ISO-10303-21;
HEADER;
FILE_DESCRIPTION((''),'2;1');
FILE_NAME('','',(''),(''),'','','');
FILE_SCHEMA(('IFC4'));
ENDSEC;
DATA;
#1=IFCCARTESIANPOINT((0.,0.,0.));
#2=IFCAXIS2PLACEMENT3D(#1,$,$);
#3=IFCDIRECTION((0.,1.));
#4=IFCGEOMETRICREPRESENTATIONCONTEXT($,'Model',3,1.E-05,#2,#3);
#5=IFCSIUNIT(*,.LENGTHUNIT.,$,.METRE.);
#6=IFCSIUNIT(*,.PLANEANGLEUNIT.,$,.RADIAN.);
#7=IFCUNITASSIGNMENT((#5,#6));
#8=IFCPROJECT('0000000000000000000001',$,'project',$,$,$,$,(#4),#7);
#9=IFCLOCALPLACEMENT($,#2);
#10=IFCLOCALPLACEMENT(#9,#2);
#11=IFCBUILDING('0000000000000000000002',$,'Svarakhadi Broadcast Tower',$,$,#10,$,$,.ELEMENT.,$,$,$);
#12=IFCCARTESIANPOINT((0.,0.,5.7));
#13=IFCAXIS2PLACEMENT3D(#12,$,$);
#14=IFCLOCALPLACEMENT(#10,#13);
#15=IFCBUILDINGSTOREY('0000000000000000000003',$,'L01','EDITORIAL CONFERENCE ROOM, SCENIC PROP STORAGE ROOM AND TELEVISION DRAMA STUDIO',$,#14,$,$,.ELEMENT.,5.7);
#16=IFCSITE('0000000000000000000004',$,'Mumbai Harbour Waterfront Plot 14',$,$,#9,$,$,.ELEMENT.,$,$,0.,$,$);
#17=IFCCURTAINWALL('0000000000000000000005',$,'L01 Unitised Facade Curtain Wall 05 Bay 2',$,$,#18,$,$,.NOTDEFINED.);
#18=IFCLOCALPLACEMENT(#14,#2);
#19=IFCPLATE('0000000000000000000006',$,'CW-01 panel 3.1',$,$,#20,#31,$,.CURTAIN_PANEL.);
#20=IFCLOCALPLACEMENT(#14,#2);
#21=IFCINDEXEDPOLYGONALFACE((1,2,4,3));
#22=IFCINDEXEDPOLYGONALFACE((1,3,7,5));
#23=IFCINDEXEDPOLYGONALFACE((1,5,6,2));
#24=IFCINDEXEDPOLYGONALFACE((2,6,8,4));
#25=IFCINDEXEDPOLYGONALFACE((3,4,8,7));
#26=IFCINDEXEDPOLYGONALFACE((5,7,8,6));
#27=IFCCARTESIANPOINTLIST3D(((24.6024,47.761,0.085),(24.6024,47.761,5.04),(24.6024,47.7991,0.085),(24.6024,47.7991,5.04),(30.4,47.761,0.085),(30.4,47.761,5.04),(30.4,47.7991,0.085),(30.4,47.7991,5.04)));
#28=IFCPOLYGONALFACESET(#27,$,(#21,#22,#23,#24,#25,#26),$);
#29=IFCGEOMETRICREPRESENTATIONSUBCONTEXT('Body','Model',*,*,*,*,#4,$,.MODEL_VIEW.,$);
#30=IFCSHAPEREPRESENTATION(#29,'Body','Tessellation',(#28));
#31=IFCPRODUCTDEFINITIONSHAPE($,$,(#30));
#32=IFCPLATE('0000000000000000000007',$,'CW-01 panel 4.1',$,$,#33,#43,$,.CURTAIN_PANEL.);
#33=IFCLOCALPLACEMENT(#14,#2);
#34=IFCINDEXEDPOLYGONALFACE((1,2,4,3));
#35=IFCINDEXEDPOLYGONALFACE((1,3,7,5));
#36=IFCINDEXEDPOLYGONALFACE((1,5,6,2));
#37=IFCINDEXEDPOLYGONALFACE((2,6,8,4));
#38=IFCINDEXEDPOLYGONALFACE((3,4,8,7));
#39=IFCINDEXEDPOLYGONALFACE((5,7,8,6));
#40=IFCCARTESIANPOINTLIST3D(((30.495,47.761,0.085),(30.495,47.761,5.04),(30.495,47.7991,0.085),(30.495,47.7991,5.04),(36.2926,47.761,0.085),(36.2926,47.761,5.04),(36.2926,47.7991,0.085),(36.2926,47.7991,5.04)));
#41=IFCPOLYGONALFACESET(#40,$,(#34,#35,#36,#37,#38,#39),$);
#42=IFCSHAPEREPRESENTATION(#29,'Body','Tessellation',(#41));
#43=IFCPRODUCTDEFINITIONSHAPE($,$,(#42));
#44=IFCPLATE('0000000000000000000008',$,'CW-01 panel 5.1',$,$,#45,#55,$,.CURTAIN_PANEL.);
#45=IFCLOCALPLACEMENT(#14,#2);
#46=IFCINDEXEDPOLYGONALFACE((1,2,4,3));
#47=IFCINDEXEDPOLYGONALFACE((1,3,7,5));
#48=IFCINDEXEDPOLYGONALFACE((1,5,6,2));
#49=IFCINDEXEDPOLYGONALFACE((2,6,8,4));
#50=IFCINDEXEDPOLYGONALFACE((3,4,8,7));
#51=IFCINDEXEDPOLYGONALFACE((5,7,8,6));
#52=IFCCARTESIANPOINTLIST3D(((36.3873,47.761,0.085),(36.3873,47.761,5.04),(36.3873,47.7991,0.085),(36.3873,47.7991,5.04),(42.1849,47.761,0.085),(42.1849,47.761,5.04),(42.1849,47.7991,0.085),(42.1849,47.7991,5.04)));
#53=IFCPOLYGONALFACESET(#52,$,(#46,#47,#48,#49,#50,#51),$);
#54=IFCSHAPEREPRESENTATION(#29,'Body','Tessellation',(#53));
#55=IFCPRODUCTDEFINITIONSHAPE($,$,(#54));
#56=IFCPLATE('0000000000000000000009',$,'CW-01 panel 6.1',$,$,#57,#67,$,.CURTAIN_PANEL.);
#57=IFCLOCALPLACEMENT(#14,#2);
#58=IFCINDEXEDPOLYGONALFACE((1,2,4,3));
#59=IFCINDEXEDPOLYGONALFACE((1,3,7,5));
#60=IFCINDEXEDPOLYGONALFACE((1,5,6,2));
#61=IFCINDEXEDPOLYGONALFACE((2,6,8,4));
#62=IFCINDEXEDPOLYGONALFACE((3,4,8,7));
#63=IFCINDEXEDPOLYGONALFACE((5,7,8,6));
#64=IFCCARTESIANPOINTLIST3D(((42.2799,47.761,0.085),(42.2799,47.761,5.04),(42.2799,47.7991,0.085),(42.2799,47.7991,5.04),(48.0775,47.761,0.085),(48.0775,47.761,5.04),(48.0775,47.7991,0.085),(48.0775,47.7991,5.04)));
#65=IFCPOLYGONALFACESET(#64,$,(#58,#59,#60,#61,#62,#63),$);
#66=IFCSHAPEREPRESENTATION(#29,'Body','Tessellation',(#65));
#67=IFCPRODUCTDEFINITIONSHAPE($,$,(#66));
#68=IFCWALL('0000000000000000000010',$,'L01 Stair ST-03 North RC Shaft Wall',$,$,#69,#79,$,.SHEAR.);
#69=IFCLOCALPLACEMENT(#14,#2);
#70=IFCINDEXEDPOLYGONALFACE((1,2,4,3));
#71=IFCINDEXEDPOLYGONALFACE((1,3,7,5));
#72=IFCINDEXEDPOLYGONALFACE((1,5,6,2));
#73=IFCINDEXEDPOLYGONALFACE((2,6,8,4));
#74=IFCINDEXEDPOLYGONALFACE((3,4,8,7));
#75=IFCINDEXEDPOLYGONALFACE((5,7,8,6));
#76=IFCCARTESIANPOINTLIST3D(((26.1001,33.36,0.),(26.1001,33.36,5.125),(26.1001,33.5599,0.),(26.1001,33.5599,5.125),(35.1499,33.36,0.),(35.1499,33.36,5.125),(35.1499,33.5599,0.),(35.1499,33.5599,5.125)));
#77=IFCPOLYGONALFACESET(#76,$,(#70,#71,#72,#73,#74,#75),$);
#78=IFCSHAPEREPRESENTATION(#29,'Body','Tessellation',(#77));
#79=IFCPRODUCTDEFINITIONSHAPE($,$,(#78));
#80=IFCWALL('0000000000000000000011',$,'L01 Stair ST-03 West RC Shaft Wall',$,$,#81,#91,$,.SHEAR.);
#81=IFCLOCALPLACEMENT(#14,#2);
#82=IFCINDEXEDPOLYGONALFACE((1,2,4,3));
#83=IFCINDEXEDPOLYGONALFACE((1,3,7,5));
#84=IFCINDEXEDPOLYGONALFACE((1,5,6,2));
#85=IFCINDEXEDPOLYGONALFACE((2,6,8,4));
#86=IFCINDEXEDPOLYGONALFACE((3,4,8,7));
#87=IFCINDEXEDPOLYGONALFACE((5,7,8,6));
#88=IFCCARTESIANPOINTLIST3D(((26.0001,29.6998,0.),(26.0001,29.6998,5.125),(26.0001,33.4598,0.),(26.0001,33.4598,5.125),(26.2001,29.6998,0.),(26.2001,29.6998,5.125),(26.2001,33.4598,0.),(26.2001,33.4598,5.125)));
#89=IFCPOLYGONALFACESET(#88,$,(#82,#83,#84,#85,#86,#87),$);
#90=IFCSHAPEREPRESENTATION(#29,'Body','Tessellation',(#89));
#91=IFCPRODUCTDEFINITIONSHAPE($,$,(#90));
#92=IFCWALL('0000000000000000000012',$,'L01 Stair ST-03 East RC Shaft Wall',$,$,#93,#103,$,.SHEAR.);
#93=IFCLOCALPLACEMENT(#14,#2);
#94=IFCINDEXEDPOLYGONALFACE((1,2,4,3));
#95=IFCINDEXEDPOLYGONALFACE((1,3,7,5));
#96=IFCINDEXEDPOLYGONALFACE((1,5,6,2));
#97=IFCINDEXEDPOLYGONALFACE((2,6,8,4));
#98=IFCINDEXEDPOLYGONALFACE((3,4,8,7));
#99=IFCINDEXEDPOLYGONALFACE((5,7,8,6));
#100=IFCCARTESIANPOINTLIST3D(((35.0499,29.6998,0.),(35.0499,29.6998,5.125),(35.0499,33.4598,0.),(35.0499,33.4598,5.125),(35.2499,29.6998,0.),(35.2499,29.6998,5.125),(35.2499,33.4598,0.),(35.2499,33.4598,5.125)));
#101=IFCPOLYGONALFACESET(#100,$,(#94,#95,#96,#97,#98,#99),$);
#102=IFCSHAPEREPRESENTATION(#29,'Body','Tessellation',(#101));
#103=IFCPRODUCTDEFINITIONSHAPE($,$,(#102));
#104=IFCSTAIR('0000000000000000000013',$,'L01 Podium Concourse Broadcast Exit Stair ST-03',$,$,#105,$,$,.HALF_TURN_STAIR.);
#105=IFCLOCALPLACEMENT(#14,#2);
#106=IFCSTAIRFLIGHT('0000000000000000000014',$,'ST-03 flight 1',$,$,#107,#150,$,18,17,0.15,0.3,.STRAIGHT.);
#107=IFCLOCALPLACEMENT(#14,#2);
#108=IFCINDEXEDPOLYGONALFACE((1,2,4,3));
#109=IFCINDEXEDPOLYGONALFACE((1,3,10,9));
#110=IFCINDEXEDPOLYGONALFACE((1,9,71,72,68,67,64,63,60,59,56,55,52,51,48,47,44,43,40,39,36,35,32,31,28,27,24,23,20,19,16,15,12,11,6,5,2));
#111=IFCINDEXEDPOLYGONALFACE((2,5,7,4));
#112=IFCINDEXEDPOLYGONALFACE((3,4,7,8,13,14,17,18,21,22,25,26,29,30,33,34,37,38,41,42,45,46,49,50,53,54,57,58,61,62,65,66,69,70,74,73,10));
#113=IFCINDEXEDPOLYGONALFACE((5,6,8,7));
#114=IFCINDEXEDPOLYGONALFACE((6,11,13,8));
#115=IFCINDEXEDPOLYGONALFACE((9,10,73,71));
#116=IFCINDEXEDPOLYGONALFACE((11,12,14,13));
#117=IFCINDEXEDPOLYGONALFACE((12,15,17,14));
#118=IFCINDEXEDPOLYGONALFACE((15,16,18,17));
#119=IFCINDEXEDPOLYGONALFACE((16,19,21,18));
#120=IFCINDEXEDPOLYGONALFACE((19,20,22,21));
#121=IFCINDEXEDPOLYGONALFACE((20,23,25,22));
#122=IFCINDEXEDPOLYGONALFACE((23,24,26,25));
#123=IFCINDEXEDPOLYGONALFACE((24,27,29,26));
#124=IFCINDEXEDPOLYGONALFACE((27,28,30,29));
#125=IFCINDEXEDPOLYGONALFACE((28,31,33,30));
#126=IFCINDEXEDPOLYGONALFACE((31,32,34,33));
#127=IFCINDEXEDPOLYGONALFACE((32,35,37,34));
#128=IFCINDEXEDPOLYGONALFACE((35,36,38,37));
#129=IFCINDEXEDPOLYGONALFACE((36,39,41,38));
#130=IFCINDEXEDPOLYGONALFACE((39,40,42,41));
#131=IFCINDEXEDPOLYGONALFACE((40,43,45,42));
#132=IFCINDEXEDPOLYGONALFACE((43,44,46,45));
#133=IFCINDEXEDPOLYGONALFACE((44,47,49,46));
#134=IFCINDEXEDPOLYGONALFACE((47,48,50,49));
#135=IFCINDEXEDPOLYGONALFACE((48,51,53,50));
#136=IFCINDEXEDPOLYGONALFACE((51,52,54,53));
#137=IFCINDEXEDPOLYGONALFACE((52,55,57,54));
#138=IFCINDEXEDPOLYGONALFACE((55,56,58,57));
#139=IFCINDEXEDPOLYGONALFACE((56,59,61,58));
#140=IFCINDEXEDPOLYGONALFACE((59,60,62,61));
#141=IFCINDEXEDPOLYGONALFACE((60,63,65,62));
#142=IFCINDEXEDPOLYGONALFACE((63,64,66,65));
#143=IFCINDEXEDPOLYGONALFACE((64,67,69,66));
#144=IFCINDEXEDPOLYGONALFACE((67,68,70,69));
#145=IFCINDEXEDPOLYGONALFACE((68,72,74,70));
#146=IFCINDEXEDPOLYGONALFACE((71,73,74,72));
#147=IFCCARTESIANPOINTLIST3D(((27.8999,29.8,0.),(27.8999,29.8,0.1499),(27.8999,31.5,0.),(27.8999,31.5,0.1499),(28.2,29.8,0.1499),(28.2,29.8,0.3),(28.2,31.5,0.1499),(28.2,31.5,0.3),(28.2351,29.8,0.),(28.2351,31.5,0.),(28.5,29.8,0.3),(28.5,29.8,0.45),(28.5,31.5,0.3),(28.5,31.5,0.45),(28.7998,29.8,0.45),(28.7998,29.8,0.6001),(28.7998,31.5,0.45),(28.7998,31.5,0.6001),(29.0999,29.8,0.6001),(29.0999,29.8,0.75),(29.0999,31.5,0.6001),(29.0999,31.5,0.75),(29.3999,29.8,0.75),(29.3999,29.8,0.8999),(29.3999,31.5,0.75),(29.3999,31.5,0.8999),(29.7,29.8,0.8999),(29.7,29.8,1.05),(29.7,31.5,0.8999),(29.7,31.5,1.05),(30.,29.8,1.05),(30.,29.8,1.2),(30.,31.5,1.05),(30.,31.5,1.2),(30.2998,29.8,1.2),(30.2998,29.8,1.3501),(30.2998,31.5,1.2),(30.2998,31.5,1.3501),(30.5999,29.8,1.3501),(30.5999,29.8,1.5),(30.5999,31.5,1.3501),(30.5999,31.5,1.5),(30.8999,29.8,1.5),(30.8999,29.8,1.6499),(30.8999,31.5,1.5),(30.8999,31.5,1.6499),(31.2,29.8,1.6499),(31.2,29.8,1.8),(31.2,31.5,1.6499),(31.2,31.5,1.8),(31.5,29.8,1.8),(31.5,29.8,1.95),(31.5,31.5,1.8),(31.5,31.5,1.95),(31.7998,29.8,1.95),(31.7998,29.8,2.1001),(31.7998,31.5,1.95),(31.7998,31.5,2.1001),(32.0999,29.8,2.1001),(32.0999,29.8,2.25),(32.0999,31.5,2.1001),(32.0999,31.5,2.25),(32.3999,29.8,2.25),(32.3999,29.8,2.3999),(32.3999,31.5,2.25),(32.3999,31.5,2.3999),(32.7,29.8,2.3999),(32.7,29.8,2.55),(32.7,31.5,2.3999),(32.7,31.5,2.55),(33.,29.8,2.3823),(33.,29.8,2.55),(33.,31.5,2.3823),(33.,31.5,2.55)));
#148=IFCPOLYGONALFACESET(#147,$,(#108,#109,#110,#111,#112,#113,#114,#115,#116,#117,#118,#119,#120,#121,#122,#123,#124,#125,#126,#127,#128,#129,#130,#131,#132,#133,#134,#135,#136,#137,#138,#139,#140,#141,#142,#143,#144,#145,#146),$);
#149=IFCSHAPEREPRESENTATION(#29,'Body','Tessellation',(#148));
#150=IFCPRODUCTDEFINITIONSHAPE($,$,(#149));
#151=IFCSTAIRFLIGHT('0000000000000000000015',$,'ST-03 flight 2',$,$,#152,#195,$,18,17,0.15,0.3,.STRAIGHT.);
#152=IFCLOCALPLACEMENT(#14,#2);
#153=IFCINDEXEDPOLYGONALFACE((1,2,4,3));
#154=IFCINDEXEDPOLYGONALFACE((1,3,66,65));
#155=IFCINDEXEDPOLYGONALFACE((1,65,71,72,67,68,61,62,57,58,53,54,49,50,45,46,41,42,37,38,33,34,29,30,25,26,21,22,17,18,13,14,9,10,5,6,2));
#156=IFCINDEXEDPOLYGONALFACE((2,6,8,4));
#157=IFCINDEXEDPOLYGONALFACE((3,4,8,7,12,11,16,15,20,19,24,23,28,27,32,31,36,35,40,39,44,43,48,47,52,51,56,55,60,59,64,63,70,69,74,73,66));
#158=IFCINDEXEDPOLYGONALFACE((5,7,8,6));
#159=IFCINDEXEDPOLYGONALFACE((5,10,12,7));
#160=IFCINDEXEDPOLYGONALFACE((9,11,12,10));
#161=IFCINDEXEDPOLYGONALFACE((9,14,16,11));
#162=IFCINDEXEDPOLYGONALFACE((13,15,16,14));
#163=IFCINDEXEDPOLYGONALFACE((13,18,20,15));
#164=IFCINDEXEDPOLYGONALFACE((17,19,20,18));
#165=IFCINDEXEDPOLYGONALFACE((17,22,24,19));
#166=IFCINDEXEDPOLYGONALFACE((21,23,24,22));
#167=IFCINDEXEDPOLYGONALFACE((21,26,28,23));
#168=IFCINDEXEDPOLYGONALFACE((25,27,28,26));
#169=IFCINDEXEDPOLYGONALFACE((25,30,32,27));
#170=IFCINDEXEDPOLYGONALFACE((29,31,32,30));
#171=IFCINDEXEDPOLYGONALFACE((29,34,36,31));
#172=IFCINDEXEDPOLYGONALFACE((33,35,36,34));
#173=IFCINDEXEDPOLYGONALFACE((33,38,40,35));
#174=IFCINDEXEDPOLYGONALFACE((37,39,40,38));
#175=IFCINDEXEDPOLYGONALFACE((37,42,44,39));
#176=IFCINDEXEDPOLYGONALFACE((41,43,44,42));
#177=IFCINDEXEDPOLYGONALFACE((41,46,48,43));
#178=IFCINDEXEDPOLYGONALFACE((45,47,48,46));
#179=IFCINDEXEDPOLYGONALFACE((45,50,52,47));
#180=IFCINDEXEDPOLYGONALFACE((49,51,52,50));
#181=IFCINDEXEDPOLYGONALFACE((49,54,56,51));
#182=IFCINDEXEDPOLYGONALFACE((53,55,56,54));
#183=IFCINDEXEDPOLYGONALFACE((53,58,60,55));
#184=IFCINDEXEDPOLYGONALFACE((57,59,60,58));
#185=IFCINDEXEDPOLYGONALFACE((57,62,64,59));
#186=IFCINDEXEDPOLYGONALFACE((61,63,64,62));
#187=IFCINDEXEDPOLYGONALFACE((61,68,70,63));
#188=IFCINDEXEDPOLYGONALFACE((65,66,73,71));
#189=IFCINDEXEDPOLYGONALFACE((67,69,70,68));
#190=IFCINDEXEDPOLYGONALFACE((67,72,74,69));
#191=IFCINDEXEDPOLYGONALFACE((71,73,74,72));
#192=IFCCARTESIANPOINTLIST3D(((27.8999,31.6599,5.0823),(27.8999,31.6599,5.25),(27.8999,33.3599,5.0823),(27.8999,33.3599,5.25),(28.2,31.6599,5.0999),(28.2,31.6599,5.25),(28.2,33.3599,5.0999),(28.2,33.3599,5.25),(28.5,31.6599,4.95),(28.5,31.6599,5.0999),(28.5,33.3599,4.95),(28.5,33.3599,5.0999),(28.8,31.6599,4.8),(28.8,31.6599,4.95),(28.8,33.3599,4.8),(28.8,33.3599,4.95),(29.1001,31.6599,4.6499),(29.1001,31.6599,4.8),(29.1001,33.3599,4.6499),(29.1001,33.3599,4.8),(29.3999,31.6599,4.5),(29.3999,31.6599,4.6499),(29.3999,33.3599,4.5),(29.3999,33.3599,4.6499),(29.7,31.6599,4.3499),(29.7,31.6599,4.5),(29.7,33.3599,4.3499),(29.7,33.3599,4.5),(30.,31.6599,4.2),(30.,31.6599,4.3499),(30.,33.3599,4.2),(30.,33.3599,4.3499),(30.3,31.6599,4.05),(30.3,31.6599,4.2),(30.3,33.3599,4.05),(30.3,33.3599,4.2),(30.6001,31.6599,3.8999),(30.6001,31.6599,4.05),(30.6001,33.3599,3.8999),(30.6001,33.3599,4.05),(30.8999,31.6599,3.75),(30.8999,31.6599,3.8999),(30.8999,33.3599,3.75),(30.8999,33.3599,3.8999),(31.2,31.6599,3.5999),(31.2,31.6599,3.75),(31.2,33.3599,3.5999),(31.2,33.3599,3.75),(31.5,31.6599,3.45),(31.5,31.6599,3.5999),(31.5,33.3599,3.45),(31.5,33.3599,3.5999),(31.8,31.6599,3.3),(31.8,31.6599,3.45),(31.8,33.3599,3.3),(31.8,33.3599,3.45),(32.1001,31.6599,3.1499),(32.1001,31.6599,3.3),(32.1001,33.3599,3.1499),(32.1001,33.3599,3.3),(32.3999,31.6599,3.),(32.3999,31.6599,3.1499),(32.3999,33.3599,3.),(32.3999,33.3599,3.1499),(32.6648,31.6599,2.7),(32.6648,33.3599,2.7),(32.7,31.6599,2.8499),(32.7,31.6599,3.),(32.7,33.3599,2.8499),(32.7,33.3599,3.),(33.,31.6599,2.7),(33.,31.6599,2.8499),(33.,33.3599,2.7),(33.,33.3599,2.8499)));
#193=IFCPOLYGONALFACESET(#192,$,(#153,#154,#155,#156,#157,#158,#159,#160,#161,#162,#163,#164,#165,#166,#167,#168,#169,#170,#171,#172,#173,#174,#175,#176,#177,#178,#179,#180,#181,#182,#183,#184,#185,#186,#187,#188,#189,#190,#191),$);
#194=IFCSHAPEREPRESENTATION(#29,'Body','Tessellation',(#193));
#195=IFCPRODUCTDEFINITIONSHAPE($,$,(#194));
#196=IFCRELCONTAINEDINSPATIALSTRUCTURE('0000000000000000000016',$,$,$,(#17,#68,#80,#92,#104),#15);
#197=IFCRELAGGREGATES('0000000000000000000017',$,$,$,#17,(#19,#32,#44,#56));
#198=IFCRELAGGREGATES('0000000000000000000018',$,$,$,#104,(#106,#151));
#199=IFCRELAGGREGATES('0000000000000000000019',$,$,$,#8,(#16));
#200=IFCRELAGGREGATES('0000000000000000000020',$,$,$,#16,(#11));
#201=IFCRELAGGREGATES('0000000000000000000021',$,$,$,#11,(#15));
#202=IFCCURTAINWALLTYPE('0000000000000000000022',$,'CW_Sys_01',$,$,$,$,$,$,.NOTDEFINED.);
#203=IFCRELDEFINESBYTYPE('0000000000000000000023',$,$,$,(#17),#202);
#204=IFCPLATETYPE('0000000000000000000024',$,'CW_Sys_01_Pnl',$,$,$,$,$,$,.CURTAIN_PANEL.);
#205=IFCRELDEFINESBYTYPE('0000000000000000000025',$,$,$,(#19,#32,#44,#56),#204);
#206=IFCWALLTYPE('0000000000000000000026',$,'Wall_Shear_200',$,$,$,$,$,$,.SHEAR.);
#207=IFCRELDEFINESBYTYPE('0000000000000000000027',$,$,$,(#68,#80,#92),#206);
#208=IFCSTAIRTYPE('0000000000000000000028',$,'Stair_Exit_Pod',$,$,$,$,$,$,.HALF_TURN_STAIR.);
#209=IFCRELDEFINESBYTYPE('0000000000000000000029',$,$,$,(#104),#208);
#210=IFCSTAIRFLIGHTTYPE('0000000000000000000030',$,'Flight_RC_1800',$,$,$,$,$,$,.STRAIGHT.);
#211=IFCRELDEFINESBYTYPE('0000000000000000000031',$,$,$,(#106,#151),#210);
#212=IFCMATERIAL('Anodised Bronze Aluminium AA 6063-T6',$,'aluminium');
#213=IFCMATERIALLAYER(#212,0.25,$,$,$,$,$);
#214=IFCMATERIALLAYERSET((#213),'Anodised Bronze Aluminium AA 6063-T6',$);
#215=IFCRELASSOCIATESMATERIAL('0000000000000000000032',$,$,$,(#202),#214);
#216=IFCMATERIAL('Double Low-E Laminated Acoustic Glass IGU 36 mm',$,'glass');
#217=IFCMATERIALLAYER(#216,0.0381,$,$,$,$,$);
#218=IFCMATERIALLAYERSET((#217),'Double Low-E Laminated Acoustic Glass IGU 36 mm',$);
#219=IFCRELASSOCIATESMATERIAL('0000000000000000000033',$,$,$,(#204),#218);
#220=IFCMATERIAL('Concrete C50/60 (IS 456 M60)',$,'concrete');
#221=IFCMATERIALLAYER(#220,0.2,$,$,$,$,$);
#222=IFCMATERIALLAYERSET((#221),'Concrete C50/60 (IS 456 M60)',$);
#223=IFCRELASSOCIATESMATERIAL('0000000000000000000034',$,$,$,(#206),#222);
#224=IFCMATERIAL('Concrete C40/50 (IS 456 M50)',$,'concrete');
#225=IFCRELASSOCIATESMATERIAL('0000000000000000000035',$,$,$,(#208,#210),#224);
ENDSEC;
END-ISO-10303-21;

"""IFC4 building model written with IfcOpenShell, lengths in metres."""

from ifc_helpers import new_model, si_unit, direction, frame, frame_2d, origin, origin_2d, place, context, subcontext, project, spatial, polyline, rectangle, outline, extrude, material, layer, layer_set, type_object, element, aggregate, save


model = new_model("IFC4")

# Units and contexts
model_context = context("Model", 3, precision=1e-05, world=origin(), true_north=direction((0.0, 1.0)))
body_context = subcontext(model_context, "Body", "Model", "MODEL_VIEW")
ifc_project = project(units=[si_unit("LENGTHUNIT", "METRE"), si_unit("PLANEANGLEUNIT", "RADIAN")], contexts=[model_context])

# Site, building, storey
site_placement = place(None, origin())
site = spatial("IfcSite", under=ifc_project, at=site_placement, Name="Mumbai Harbour Waterfront Plot 14", CompositionType="ELEMENT", RefElevation=0.0)
building_placement = place(site_placement, origin())
building = spatial("IfcBuilding", under=site, at=building_placement, Name="Svarakhadi Broadcast Tower", CompositionType="ELEMENT")
storey_placement = place(building_placement, frame((0.0, 0.0, 5.7)))
storey = spatial("IfcBuildingStorey", under=building, at=storey_placement, Name="L01", Description="EDITORIAL CONFERENCE ROOM, SCENIC PROP STORAGE ROOM AND TELEVISION DRAMA STUDIO", CompositionType="ELEMENT", Elevation=5.7)

# Curtain wall
ifc_material_1 = material(Name="Anodised Bronze Aluminium AA 6063-T6", Category="aluminium")
ifc_layer_1 = layer(ifc_material_1, 0.25)
ifc_layer_set_1 = layer_set([ifc_layer_1], Name="Anodised Bronze Aluminium AA 6063-T6")
curtain_wall_type = type_object("IfcCurtainWallType", Name="CW_Sys_01", PredefinedType="NOTDEFINED", material=ifc_layer_set_1)
curtain_wall_placement = place(storey_placement, origin())
curtain_wall = element("IfcCurtainWall", 1, at=curtain_wall_placement, inside=storey, type_object=curtain_wall_type, Name="L01 Unitised Facade Curtain Wall 05 Bay 2", PredefinedType="NOTDEFINED")

# Shared definitions
ifc_material_2 = material(Name="Concrete C50/60 (IS 456 M60)", Category="concrete")

# Plates
ifc_material_3 = material(Name="Double Low-E Laminated Acoustic Glass IGU 36 mm", Category="glass")
ifc_layer_2 = layer(ifc_material_3, 0.0381)
ifc_layer_set_2 = layer_set([ifc_layer_2], Name="Double Low-E Laminated Acoustic Glass IGU 36 mm")
plate_type = type_object("IfcPlateType", Name="CW_Sys_01_Pnl", PredefinedType="CURTAIN_PANEL", material=ifc_layer_set_2)
plate_1_placement = place(storey_placement, frame((27.5012, 47.78, 0.085), z_axis=(0.0, 0.0, 1.0), x_axis=(1.0, 0.0, 0.0)))
plate_1 = element("IfcPlate", 2, at=plate_1_placement, type_object=plate_type, Name="CW-01 panel 3.1", PredefinedType="CURTAIN_PANEL", context=body_context, shape_type="SweptSolid", body=[
    extrude(rectangle(XDim=5.7976, YDim=0.0381, at=origin_2d()), origin(), (0.0, 0.0, 1.0), 4.9551),
])
plate_2_placement = place(storey_placement, frame((33.3938, 47.78, 0.085), z_axis=(0.0, 0.0, 1.0), x_axis=(1.0, 0.0, 0.0)))
plate_2 = element("IfcPlate", 3, at=plate_2_placement, type_object=plate_type, Name="CW-01 panel 4.1", PredefinedType="CURTAIN_PANEL", context=body_context, shape_type="SweptSolid", body=[
    extrude(rectangle(XDim=5.7976, YDim=0.0381, at=origin_2d()), origin(), (0.0, 0.0, 1.0), 4.9551),
])
plate_3_placement = place(storey_placement, frame((39.2861, 47.78, 0.085), z_axis=(0.0, 0.0, 1.0), x_axis=(1.0, 0.0, 0.0)))
plate_3 = element("IfcPlate", 4, at=plate_3_placement, type_object=plate_type, Name="CW-01 panel 5.1", PredefinedType="CURTAIN_PANEL", context=body_context, shape_type="SweptSolid", body=[
    extrude(rectangle(XDim=5.7976, YDim=0.0381, at=origin_2d()), origin(), (0.0, 0.0, 1.0), 4.9551),
])
plate_4_placement = place(storey_placement, frame((45.1787, 47.78, 0.085), z_axis=(0.0, 0.0, 1.0), x_axis=(1.0, 0.0, 0.0)))
plate_4 = element("IfcPlate", 5, at=plate_4_placement, type_object=plate_type, Name="CW-01 panel 6.1", PredefinedType="CURTAIN_PANEL", context=body_context, shape_type="SweptSolid", body=[
    extrude(rectangle(XDim=5.7976, YDim=0.0381, at=origin_2d()), origin(), (0.0, 0.0, 1.0), 4.9551),
])
aggregate(curtain_wall, [plate_1, plate_2, plate_3, plate_4])

# Walls
ifc_layer_3 = layer(ifc_material_2, 0.2)
ifc_layer_set_3 = layer_set([ifc_layer_3], Name="Concrete C50/60 (IS 456 M60)")
wall_type = type_object("IfcWallType", Name="Wall_Shear_200", PredefinedType="SHEAR", material=ifc_layer_set_3)
wall_placement = place(storey_placement, frame((26.1001, 33.46, 0.0), z_axis=(0.0, 0.0, 1.0), x_axis=(1.0, 0.0, 0.0)))
element("IfcWall", 6, at=wall_placement, inside=storey, type_object=wall_type, Name="L01 Stair ST-03 North RC Shaft Wall", PredefinedType="SHEAR", context=body_context, shape_type="SweptSolid", body=[
    extrude(rectangle(XDim=9.0498, YDim=0.2, at=frame_2d((4.5249, 0.0))), origin(), (0.0, 0.0, 1.0), 5.125),
])
for number, where, z_axis, x_axis, name in (
    (7, (26.1001, 29.7, 0.0), (0.0, 0.0, 1.0), (0.0, 1.0, 0.0), "L01 Stair ST-03 West RC Shaft Wall"),
    (8, (35.1499, 29.7, 0.0), (0.0, 0.0, 1.0), (0.0, 1.0, 0.0), "L01 Stair ST-03 East RC Shaft Wall"),
):
    element("IfcWall", number, at=place(storey_placement, frame(where, z_axis=z_axis, x_axis=x_axis)), inside=storey, type_object=wall_type, Name=name, PredefinedType="SHEAR", context=body_context, shape_type="SweptSolid", body=[
        extrude(rectangle(XDim=3.76, YDim=0.2, at=frame_2d((1.8799, 0.0))), origin(), (0.0, 0.0, 1.0), 5.125),
    ])

# Stair, stair flights
ifc_material_4 = material(Name="Concrete C40/50 (IS 456 M50)", Category="concrete")
stair_type = type_object("IfcStairType", Name="Stair_Exit_Pod", PredefinedType="HALF_TURN_STAIR", material=ifc_material_4)
stair_placement = place(storey_placement, origin())
stair = element("IfcStair", 9, at=stair_placement, inside=storey, type_object=stair_type, Name="L01 Podium Concourse Broadcast Exit Stair ST-03", PredefinedType="HALF_TURN_STAIR")
stair_flight_type = type_object("IfcStairFlightType", Name="Flight_RC_1800", PredefinedType="STRAIGHT", material=ifc_material_4)
stair_flight_1_placement = place(storey_placement, frame((27.8999, 30.6499, 0.0), z_axis=(0.0, 0.0, 1.0), x_axis=(1.0, 0.0, 0.0)))
stair_flight_1 = element("IfcStairFlight", 10, at=stair_flight_1_placement, type_object=stair_flight_type, Name="ST-03 flight 1", NumberOfRisers=18, NumberOfTreads=17, PredefinedType="STRAIGHT", RiserHeight=0.15, TreadLength=0.3, context=body_context, shape_type="SweptSolid", body=[
    extrude(outline(polyline([(0.0, 0.0), (0.0, 0.1499), (0.3, 0.1499), (0.3, 0.3), (0.6001, 0.3), (0.6001, 0.45), (0.8999, 0.45), (0.8999, 0.6001), (1.2, 0.6001), (1.2, 0.75), (1.5, 0.75), (1.5, 0.8999), (1.8, 0.8999), (1.8, 1.05), (2.1001, 1.05), (2.1001, 1.2), (2.3999, 1.2), (2.3999, 1.3501), (2.7, 1.3501), (2.7, 1.5), (3.0, 1.5), (3.0, 1.6499), (3.3, 1.6499), (3.3, 1.8), (3.6001, 1.8), (3.6001, 1.95), (3.8999, 1.95), (3.8999, 2.1001), (4.2, 2.1001), (4.2, 2.25), (4.5, 2.25), (4.5, 2.3999), (4.8, 2.3999), (4.8, 2.55), (5.1001, 2.55), (5.1001, 2.7), (5.1001, 2.3823), (0.3352, 0.0), (0.0, 0.0)])), frame((0.0, 0.8501, 0.0), z_axis=(0.0, -1.0, 0.0), x_axis=(1.0, 0.0, 0.0)), (0.0, 0.0, 1.0), 1.7),
])
stair_flight_2_placement = place(storey_placement, frame((33.0, 32.51, 2.7), z_axis=(0.0, 0.0, 1.0), x_axis=(-1.0, 0.0, 0.0)))
stair_flight_2 = element("IfcStairFlight", 11, at=stair_flight_2_placement, type_object=stair_flight_type, Name="ST-03 flight 2", NumberOfRisers=18, NumberOfTreads=17, PredefinedType="STRAIGHT", RiserHeight=0.15, TreadLength=0.3, context=body_context, shape_type="SweptSolid", body=[
    extrude(outline(polyline([(0.0, 0.0), (0.0, 0.1499), (0.3, 0.1499), (0.3, 0.3), (0.6001, 0.3), (0.6001, 0.45), (0.8999, 0.45), (0.8999, 0.6001), (1.2, 0.6001), (1.2, 0.75), (1.5, 0.75), (1.5, 0.8999), (1.8, 0.8999), (1.8, 1.05), (2.1001, 1.05), (2.1001, 1.2), (2.3999, 1.2), (2.3999, 1.3501), (2.7, 1.3501), (2.7, 1.5), (3.0, 1.5), (3.0, 1.6499), (3.3, 1.6499), (3.3, 1.8), (3.6001, 1.8), (3.6001, 1.95), (3.8999, 1.95), (3.8999, 2.1001), (4.2, 2.1001), (4.2, 2.25), (4.5, 2.25), (4.5, 2.3999), (4.8, 2.3999), (4.8, 2.55), (5.1001, 2.55), (5.1001, 2.7), (5.1001, 2.3823), (0.3352, 0.0), (0.0, 0.0)])), frame((0.0, 0.8501, 0.0), z_axis=(0.0, -1.0, 0.0), x_axis=(1.0, 0.0, 0.0)), (0.0, 0.0, 1.0), 1.7),
])
aggregate(stair, [stair_flight_1, stair_flight_2])

save(model, "model.ifc")
